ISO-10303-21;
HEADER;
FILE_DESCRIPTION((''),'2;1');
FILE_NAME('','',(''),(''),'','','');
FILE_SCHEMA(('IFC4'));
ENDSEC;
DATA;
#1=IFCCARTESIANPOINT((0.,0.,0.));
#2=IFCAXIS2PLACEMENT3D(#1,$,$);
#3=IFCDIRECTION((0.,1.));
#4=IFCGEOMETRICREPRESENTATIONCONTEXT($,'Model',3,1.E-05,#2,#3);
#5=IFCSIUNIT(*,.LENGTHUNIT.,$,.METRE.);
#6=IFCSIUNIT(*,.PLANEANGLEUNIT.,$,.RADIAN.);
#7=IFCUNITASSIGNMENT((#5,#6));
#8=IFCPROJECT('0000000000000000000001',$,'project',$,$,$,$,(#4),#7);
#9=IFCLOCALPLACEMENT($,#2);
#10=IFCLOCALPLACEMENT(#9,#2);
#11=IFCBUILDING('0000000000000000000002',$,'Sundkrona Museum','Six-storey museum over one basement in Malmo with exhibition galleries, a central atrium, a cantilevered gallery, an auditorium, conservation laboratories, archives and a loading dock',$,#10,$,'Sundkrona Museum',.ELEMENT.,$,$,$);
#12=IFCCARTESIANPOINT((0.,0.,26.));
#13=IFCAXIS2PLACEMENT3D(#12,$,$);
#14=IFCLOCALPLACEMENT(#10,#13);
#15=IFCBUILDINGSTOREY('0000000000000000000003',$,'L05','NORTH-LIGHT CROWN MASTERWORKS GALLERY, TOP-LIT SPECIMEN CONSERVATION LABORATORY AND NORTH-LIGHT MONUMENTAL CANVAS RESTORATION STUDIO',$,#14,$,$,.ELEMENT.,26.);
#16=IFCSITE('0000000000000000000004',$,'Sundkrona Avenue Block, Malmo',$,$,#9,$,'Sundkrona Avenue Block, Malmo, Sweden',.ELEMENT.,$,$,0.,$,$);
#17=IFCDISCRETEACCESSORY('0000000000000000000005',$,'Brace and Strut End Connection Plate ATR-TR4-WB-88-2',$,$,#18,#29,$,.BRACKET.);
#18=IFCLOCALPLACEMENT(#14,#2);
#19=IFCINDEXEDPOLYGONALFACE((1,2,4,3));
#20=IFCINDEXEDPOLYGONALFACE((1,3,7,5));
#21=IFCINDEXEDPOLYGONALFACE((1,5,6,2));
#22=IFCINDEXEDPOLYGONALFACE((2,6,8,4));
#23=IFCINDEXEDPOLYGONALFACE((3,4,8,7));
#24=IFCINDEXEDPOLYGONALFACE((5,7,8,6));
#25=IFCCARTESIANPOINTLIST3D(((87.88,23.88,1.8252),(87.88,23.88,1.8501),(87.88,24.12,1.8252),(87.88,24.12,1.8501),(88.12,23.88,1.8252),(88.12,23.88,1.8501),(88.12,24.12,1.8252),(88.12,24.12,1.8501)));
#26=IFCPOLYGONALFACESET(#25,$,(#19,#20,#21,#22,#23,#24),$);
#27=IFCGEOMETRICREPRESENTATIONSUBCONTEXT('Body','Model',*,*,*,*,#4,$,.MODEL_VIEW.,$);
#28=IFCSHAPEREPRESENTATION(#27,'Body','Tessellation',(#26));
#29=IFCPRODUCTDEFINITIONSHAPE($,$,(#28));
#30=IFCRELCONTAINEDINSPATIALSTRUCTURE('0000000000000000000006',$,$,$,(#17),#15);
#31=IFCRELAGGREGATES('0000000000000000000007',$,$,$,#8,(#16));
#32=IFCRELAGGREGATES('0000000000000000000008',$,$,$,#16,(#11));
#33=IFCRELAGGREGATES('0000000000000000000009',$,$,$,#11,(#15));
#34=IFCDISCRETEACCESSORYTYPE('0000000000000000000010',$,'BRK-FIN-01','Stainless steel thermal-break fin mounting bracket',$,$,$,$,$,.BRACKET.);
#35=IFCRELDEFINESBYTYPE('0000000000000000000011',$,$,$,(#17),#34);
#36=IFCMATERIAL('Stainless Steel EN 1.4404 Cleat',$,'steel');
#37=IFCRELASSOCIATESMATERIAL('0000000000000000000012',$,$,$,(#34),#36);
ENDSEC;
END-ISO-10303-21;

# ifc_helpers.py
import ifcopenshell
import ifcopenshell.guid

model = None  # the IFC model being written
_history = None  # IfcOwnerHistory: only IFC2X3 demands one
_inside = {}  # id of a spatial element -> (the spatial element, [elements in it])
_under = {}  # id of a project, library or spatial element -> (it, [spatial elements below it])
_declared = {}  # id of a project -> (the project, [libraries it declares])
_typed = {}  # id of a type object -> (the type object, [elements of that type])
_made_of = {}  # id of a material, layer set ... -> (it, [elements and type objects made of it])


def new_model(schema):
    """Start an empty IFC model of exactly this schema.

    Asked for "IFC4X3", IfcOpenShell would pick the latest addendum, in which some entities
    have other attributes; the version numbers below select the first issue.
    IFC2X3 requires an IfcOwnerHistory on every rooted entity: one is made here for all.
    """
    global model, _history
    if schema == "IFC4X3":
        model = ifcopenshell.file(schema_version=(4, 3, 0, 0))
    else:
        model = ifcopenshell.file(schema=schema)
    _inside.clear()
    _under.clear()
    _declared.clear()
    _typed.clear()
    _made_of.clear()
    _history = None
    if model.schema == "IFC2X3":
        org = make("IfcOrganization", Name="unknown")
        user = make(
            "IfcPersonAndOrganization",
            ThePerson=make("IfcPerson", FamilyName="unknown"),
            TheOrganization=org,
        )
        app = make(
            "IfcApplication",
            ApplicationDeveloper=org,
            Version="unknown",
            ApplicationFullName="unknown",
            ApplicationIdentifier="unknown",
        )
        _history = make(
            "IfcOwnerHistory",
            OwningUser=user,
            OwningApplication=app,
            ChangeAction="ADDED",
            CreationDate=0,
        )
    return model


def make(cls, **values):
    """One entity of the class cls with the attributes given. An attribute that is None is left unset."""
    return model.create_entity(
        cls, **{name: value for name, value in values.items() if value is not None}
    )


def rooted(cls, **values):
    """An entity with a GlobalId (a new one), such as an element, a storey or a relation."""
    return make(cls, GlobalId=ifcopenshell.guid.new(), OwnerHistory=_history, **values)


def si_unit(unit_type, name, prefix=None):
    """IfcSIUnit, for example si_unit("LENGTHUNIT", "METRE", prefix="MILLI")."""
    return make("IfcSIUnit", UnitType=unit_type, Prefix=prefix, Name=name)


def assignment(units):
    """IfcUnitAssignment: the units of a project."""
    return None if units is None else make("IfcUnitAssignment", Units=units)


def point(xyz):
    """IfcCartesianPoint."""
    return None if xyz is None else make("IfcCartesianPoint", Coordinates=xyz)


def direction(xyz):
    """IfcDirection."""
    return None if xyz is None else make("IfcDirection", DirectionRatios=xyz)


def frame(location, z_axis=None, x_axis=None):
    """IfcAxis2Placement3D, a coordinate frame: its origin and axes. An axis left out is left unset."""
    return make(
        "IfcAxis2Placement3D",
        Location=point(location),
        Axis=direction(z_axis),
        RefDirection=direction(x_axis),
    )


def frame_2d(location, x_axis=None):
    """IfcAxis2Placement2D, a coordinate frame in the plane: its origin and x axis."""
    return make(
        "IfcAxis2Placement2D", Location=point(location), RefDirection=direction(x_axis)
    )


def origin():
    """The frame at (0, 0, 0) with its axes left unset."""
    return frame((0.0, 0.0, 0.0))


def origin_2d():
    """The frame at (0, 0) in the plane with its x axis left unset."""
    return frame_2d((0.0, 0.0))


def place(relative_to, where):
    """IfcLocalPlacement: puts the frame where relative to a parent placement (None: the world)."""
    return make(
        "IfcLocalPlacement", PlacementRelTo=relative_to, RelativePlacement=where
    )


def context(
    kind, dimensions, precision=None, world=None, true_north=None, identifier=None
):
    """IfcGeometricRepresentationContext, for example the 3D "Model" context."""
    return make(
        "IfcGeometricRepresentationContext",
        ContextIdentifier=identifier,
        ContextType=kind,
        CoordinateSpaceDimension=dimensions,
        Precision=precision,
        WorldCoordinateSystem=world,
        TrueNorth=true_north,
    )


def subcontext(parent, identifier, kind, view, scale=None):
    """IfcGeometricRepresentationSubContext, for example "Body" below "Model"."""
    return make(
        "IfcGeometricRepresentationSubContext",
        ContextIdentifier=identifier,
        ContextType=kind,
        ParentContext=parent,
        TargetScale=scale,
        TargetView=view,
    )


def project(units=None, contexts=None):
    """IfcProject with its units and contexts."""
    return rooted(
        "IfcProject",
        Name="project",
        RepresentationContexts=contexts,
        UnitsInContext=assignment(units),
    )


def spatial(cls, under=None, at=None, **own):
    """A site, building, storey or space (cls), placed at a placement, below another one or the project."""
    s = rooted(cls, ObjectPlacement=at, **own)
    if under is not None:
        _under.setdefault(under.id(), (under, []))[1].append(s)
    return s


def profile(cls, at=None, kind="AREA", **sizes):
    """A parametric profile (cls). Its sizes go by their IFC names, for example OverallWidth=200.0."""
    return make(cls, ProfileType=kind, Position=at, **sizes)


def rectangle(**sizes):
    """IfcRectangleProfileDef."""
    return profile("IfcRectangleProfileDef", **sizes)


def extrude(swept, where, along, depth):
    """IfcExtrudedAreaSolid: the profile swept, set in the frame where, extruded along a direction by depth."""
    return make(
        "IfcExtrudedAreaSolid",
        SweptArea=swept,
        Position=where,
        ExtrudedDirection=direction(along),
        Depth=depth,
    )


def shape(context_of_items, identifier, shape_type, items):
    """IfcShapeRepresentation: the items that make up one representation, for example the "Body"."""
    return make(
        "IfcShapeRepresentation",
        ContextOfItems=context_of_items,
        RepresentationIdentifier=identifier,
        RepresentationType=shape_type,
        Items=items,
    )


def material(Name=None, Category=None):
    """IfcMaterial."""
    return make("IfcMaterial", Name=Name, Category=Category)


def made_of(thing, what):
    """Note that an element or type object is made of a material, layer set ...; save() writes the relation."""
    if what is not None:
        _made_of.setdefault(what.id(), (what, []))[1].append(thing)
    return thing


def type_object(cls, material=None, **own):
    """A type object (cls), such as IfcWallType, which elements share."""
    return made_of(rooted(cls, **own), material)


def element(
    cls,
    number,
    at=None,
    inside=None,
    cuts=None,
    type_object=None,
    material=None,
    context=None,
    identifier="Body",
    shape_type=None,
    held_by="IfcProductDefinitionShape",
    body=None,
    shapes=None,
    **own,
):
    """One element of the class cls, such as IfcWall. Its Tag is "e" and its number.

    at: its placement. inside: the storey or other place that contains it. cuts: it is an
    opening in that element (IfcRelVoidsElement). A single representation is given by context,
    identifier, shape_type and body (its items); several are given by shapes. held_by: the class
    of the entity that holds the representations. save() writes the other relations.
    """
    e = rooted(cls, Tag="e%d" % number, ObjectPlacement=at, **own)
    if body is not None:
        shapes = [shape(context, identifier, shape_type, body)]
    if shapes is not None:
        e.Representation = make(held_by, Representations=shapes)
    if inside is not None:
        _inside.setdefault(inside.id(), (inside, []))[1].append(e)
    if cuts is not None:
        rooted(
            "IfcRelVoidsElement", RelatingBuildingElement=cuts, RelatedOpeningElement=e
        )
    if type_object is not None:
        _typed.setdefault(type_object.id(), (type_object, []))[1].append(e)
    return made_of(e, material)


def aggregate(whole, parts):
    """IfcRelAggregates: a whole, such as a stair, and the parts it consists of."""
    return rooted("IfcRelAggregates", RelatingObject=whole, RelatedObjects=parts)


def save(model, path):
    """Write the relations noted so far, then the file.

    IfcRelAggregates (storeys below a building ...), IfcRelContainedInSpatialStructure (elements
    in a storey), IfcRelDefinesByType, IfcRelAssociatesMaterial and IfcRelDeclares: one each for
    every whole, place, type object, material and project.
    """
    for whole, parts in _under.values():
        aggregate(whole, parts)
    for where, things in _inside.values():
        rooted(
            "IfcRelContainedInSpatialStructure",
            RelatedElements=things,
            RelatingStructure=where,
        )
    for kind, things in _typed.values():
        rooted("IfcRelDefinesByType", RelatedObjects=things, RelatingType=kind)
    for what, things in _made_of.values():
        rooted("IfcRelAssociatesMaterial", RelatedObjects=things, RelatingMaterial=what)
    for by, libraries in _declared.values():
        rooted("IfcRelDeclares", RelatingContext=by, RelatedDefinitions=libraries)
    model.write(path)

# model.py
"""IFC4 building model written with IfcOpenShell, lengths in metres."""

from ifc_helpers import new_model, si_unit, direction, frame, origin, origin_2d, place, context, subcontext, project, spatial, rectangle, extrude, material, type_object, element, save


model = new_model("IFC4")

# Units and contexts
model_context = context("Model", 3, precision=1e-05, world=origin(), true_north=direction((0.0, 1.0)))
body_context = subcontext(model_context, "Body", "Model", "MODEL_VIEW")
ifc_project = project(units=[si_unit("LENGTHUNIT", "METRE"), si_unit("PLANEANGLEUNIT", "RADIAN")], contexts=[model_context])

# Site, building, storey
site_placement = place(None, origin())
site = spatial("IfcSite", under=ifc_project, at=site_placement, Name="Sundkrona Avenue Block, Malmo", LongName="Sundkrona Avenue Block, Malmo, Sweden", CompositionType="ELEMENT", RefElevation=0.0)
building_placement = place(site_placement, origin())
building = spatial("IfcBuilding", under=site, at=building_placement, Name="Sundkrona Museum", Description="Six-storey museum over one basement in Malmo with exhibition galleries, a central atrium, a cantilevered gallery, an auditorium, conservation laboratories, archives and a loading dock", LongName="Sundkrona Museum", CompositionType="ELEMENT")
storey_placement = place(building_placement, frame((0.0, 0.0, 26.0)))
storey = spatial("IfcBuildingStorey", under=building, at=storey_placement, Name="L05", Description="NORTH-LIGHT CROWN MASTERWORKS GALLERY, TOP-LIT SPECIMEN CONSERVATION LABORATORY AND NORTH-LIGHT MONUMENTAL CANVAS RESTORATION STUDIO", CompositionType="ELEMENT", Elevation=26.0)

# Discrete accessory
ifc_material_1 = material(Name="Stainless Steel EN 1.4404 Cleat", Category="steel")
discrete_accessory_type = type_object("IfcDiscreteAccessoryType", Name="BRK-FIN-01", Description="Stainless steel thermal-break fin mounting bracket", PredefinedType="BRACKET", material=ifc_material_1)
for number, where, z_axis, x_axis, name in (
    (1, (88.0, 24.0, 1.8252), (0.0, 0.0, 1.0), (1.0, 0.0, 0.0), "Brace and Strut End Connection Plate ATR-TR4-WB-88-2"),
):
    element("IfcDiscreteAccessory", number, at=place(storey_placement, frame(where, z_axis=z_axis, x_axis=x_axis)), inside=storey, type_object=discrete_accessory_type, Name=name, PredefinedType="BRACKET", context=body_context, shape_type="SweptSolid", body=[
        extrude(rectangle(XDim=0.24, YDim=0.24, at=origin_2d()), origin(), (0.0, 0.0, 1.0), 0.0249),
    ])

save(model, "model.ifc")
